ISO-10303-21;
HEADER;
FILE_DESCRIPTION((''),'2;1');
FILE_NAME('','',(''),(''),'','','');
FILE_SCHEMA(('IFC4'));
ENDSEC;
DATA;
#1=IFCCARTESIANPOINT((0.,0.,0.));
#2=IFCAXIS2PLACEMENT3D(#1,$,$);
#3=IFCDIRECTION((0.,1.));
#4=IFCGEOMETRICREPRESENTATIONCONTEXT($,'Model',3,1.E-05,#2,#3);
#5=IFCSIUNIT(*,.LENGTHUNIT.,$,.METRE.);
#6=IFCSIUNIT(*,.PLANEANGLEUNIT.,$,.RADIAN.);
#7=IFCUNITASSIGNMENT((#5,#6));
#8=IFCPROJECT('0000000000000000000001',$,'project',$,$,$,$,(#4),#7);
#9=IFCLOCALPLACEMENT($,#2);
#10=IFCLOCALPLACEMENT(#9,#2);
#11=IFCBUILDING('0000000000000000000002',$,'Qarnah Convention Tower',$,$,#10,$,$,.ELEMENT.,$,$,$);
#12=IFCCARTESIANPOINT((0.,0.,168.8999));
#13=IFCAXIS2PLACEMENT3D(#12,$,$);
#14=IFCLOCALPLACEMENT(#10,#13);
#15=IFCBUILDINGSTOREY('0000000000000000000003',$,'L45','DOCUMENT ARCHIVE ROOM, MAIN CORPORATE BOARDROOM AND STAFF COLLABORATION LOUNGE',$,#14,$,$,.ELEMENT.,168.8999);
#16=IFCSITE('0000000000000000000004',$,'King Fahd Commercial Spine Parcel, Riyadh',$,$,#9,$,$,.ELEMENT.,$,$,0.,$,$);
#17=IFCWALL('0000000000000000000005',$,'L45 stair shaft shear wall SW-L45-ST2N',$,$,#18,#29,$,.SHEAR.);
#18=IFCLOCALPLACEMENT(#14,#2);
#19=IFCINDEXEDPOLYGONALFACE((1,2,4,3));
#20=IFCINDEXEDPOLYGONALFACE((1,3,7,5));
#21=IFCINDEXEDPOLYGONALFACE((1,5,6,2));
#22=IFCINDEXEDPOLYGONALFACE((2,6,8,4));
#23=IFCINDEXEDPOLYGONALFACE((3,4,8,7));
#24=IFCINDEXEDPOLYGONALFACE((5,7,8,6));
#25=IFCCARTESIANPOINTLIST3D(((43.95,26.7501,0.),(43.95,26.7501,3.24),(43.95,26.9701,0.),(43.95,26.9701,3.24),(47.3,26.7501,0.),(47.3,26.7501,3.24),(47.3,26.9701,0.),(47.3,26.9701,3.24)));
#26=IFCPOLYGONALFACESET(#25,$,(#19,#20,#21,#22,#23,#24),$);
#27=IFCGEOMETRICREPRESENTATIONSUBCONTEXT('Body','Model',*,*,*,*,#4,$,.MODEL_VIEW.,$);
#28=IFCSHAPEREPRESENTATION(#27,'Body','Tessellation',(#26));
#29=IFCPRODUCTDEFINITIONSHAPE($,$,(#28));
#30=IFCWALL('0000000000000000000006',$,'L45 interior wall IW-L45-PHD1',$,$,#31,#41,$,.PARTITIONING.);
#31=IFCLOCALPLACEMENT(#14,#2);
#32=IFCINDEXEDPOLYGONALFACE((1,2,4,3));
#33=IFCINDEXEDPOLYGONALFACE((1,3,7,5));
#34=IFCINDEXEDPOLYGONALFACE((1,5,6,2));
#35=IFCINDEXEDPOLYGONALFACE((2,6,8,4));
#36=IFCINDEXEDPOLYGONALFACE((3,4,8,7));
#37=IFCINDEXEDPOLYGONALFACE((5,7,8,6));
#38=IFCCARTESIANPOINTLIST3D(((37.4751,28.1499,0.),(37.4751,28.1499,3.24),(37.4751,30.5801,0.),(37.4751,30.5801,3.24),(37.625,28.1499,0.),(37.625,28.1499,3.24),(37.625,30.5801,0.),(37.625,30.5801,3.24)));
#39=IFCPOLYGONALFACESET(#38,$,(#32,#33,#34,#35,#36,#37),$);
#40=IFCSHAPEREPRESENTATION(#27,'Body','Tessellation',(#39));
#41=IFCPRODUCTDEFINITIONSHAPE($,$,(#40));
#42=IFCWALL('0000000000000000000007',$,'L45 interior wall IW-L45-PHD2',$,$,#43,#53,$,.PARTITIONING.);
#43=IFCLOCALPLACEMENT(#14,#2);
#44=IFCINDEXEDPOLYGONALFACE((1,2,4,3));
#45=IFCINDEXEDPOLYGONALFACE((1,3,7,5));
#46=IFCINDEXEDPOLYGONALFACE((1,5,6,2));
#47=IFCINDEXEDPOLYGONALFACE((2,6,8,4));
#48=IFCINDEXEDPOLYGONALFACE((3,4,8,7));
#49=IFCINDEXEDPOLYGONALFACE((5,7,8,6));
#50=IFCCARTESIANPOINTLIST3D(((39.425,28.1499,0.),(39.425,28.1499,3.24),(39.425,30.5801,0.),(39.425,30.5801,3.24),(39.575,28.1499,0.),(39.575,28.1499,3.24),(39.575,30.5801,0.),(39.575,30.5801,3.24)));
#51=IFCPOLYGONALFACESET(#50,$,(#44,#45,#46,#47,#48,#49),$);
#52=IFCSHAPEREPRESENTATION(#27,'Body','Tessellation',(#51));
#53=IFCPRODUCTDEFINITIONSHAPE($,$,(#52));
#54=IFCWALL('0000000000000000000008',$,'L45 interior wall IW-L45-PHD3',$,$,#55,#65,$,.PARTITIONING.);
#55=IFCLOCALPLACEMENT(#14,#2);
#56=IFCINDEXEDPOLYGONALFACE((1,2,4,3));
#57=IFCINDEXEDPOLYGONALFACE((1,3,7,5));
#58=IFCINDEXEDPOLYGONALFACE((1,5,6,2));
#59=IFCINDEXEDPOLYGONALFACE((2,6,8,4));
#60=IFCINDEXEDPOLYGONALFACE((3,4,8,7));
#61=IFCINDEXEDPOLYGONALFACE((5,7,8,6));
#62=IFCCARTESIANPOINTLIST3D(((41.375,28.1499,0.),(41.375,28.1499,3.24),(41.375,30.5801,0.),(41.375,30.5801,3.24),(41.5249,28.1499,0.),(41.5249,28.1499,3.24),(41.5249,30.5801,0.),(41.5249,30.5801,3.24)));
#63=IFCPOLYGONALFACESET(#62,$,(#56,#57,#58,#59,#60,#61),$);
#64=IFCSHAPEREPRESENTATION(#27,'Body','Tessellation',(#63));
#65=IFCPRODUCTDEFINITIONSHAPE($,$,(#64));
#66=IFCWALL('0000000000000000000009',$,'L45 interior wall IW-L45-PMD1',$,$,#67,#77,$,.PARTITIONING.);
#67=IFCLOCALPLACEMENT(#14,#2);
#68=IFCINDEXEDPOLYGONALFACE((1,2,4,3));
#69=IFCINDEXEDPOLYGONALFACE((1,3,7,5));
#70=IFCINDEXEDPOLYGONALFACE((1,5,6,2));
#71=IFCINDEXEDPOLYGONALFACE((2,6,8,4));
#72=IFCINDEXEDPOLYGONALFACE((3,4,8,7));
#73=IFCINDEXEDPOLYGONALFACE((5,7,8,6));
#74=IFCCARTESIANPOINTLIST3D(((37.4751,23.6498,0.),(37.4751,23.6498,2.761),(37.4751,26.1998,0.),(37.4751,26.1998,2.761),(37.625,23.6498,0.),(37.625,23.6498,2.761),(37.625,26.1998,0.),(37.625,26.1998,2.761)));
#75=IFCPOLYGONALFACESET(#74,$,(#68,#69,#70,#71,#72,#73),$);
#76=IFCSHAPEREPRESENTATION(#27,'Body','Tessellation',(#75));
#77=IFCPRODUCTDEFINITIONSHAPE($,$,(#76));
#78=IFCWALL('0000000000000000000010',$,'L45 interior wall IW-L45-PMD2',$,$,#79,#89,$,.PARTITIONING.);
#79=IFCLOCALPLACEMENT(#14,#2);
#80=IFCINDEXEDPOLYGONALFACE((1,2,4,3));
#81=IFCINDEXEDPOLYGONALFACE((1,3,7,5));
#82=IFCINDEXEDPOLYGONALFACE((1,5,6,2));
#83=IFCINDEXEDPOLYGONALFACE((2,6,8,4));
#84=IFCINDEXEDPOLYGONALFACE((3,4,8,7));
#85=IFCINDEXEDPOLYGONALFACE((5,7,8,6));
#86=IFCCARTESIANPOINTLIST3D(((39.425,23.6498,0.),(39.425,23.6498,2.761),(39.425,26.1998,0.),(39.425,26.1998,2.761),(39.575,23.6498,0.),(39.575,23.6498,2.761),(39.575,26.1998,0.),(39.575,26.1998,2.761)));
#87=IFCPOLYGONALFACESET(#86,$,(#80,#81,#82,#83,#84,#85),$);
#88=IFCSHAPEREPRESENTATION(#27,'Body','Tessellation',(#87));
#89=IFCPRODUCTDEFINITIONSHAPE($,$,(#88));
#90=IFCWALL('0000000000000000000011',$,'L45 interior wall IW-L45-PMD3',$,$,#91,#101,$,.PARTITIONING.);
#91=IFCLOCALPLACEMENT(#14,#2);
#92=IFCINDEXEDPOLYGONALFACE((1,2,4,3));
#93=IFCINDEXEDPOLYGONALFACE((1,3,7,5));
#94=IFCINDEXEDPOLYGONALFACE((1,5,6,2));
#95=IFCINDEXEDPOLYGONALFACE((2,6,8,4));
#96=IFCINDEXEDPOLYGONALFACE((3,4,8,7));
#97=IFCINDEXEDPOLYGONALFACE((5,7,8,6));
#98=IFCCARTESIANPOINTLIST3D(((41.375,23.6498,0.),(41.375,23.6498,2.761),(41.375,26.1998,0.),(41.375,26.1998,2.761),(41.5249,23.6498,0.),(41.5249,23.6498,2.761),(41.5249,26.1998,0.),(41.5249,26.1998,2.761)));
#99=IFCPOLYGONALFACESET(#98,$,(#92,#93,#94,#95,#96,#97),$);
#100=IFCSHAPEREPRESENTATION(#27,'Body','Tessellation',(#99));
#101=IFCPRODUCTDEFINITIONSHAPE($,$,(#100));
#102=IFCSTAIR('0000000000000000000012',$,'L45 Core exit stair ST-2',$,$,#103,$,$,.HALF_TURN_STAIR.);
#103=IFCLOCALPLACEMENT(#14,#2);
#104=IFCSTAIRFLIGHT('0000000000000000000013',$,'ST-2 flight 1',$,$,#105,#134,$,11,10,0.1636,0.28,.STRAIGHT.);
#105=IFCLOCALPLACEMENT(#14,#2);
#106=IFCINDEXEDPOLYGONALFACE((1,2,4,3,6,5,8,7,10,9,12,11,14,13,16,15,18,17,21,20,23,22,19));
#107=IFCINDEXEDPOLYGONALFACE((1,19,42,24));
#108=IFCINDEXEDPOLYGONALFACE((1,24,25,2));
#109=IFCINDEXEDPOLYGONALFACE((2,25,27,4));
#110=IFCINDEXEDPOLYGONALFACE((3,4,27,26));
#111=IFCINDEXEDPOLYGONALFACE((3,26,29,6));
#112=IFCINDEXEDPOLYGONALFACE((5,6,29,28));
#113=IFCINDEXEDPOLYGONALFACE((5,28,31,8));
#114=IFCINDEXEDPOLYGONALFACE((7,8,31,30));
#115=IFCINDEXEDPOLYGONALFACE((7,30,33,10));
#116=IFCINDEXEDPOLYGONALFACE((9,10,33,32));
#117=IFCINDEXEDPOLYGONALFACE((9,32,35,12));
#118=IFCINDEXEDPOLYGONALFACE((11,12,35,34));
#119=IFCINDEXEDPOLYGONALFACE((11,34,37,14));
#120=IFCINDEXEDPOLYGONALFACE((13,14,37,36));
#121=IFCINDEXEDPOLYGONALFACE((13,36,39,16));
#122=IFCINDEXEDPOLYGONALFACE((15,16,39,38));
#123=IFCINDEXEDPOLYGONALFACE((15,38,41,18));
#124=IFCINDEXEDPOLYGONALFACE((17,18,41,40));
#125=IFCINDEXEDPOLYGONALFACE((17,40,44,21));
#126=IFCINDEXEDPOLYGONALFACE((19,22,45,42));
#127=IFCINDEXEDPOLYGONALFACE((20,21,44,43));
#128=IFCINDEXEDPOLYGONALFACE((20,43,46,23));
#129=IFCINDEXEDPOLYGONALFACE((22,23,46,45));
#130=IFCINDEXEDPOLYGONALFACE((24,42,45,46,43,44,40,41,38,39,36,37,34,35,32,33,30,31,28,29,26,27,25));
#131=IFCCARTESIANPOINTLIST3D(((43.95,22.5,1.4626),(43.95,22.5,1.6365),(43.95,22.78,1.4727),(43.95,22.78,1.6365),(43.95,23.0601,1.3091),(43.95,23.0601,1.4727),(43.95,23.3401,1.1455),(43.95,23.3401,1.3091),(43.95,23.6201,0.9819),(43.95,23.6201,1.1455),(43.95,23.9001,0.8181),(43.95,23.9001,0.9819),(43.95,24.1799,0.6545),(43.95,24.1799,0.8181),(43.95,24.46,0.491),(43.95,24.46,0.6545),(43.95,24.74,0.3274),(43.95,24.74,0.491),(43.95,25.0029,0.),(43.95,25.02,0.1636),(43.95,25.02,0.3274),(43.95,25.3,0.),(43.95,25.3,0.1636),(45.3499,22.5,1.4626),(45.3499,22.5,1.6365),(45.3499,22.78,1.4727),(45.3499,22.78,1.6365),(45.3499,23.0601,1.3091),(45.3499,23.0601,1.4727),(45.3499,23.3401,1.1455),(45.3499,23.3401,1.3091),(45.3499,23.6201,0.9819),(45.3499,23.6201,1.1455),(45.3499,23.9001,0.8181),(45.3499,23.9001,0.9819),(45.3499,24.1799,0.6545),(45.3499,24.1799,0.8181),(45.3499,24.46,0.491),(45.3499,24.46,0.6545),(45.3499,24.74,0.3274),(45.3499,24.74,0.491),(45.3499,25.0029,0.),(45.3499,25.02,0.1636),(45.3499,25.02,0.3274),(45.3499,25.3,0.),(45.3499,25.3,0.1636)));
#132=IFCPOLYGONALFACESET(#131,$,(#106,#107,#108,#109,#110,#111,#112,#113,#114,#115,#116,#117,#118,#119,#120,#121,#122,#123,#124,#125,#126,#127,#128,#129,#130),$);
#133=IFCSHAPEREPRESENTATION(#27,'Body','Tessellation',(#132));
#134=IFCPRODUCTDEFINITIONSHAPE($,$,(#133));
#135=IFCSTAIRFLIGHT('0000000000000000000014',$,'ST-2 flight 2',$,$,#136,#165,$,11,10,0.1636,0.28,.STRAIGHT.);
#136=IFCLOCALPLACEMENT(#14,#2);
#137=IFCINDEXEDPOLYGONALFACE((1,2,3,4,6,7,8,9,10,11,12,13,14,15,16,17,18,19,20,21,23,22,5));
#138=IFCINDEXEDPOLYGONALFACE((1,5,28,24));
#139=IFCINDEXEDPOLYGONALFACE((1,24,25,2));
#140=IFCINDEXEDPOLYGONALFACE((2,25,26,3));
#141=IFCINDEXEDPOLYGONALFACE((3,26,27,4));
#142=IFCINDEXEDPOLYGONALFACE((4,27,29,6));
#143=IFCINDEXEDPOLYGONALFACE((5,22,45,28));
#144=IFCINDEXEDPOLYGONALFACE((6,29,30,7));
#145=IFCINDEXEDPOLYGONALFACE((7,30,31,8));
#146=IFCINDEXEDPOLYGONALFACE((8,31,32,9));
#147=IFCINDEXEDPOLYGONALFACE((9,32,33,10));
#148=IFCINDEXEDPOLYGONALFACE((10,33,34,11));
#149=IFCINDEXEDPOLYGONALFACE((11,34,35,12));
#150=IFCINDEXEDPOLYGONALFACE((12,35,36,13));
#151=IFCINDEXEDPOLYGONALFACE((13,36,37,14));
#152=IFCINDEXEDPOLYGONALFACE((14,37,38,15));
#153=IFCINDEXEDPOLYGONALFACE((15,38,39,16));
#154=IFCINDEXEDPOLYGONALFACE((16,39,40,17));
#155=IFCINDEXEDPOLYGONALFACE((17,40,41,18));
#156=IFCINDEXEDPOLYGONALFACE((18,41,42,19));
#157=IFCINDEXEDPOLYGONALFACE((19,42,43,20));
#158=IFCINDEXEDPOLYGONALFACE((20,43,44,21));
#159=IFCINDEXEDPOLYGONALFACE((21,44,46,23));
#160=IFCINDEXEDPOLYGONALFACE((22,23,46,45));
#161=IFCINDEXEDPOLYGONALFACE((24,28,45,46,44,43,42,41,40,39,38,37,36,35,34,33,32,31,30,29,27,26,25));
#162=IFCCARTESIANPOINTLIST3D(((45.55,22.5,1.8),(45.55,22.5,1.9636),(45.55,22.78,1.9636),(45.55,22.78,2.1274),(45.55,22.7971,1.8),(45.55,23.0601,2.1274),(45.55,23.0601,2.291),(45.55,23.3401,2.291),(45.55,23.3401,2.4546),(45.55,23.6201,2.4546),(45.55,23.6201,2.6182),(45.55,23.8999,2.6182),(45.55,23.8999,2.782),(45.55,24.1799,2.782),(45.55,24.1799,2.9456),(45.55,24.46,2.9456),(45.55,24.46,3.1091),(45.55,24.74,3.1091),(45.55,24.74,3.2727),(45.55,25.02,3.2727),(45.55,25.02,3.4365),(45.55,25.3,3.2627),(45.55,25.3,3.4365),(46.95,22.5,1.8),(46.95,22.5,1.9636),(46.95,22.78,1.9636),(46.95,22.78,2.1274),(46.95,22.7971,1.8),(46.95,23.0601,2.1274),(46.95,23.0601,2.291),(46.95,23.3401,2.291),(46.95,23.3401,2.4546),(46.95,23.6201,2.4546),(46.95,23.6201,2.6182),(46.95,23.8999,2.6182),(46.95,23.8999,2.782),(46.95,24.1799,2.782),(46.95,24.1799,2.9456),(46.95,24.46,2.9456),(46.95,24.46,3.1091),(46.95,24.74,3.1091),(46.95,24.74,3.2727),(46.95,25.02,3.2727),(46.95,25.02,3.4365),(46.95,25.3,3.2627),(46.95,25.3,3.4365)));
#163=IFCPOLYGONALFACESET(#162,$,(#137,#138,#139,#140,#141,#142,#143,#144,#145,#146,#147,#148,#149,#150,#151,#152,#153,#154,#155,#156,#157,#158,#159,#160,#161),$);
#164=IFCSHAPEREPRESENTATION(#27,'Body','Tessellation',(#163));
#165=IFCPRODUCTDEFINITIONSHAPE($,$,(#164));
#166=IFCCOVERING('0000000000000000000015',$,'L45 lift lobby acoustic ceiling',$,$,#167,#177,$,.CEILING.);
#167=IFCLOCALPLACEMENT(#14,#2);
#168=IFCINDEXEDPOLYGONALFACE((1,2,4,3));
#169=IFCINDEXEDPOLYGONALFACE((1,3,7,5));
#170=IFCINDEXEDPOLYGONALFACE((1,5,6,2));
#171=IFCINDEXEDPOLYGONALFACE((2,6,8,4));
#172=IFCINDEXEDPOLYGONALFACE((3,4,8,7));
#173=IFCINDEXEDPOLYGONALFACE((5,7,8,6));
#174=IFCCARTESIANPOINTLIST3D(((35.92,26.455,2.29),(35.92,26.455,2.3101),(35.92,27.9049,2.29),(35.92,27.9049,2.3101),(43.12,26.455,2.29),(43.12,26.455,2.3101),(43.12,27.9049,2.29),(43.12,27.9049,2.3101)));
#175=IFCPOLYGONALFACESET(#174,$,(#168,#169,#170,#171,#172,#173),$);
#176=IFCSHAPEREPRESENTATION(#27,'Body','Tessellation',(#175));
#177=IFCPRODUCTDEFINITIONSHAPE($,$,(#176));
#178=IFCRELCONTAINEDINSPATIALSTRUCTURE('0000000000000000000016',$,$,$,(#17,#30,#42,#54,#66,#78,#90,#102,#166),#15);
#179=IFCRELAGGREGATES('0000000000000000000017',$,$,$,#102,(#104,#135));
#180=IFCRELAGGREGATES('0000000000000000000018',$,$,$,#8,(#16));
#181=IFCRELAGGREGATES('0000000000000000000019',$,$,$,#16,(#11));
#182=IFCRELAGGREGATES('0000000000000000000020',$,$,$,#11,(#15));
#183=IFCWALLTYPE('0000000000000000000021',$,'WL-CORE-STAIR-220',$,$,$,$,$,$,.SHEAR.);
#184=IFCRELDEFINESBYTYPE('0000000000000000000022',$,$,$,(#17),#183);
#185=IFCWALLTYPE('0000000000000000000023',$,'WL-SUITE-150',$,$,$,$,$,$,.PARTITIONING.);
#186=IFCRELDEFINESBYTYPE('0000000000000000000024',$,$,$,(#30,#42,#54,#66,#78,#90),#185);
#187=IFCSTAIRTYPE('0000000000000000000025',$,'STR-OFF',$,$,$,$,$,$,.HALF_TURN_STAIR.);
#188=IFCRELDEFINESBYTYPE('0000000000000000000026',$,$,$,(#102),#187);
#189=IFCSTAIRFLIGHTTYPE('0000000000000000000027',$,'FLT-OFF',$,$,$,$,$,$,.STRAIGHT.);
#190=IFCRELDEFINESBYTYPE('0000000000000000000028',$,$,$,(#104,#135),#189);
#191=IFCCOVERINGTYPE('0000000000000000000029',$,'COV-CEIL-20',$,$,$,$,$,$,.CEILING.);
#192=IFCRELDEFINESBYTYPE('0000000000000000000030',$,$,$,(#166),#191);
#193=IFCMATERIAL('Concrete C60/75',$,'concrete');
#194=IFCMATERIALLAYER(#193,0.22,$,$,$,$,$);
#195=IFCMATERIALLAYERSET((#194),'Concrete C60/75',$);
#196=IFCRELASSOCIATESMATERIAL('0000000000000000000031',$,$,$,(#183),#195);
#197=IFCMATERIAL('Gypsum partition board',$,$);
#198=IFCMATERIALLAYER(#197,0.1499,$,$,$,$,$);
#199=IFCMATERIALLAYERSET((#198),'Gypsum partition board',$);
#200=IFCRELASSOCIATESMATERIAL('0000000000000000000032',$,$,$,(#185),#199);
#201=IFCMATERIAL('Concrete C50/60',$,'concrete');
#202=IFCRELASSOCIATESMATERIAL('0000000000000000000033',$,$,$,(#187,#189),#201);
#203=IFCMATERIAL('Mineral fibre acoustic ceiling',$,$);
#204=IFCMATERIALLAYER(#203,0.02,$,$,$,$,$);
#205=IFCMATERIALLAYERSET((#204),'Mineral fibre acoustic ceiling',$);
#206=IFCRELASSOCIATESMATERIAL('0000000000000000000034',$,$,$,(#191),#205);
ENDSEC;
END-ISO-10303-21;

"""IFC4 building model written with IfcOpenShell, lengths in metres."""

from ifc_helpers import new_model, si_unit, direction, frame, frame_2d, origin, origin_2d, place, context, subcontext, project, spatial, polyline, rectangle, outline, extrude, material, layer, layer_set, type_object, element, aggregate, save


model = new_model("IFC4")

# Units and contexts
model_context = context("Model", 3, precision=1e-05, world=origin(), true_north=direction((0.0, 1.0)))
body_context = subcontext(model_context, "Body", "Model", "MODEL_VIEW")
ifc_project = project(units=[si_unit("LENGTHUNIT", "METRE"), si_unit("PLANEANGLEUNIT", "RADIAN")], contexts=[model_context])

# Site, building, storey
site_placement = place(None, origin())
site = spatial("IfcSite", under=ifc_project, at=site_placement, Name="King Fahd Commercial Spine Parcel, Riyadh", CompositionType="ELEMENT", RefElevation=0.0)
building_placement = place(site_placement, origin())
building = spatial("IfcBuilding", under=site, at=building_placement, Name="Qarnah Convention Tower", CompositionType="ELEMENT")
storey_placement = place(building_placement, frame((0.0, 0.0, 168.8999)))
storey = spatial("IfcBuildingStorey", under=building, at=storey_placement, Name="L45", Description="DOCUMENT ARCHIVE ROOM, MAIN CORPORATE BOARDROOM AND STAFF COLLABORATION LOUNGE", CompositionType="ELEMENT", Elevation=168.8999)

# Shared definitions
ifc_material_1 = material(Name="Concrete C60/75", Category="concrete")

# Walls
ifc_layer_1 = layer(ifc_material_1, 0.22)
ifc_layer_set_1 = layer_set([ifc_layer_1], Name="Concrete C60/75")
wall_type_1 = type_object("IfcWallType", Name="WL-CORE-STAIR-220", PredefinedType="SHEAR", material=ifc_layer_set_1)
wall_placement = place(storey_placement, frame((43.95, 26.8601, 0.0), z_axis=(0.0, 0.0, 1.0), x_axis=(1.0, 0.0, 0.0)))
element("IfcWall", 1, at=wall_placement, inside=storey, type_object=wall_type_1, Name="L45 stair shaft shear wall SW-L45-ST2N", PredefinedType="SHEAR", context=body_context, shape_type="SweptSolid", body=[
    extrude(rectangle(XDim=3.3501, YDim=0.22, at=frame_2d((1.675, 0.0))), origin(), (0.0, 0.0, 1.0), 3.24),
])
ifc_material_2 = material(Name="Gypsum partition board")
ifc_layer_2 = layer(ifc_material_2, 0.1499)
ifc_layer_set_2 = layer_set([ifc_layer_2], Name="Gypsum partition board")
wall_type_2 = type_object("IfcWallType", Name="WL-SUITE-150", PredefinedType="PARTITIONING", material=ifc_layer_set_2)
for number, where, z_axis, x_axis, name in (
    (2, (37.55, 28.1499, 0.0), (0.0, 0.0, 1.0), (0.0, 1.0, 0.0), "L45 interior wall IW-L45-PHD1"),
    (3, (39.5, 28.1499, 0.0), (0.0, 0.0, 1.0), (0.0, 1.0, 0.0), "L45 interior wall IW-L45-PHD2"),
    (4, (41.45, 28.1499, 0.0), (0.0, 0.0, 1.0), (0.0, 1.0, 0.0), "L45 interior wall IW-L45-PHD3"),
):
    element("IfcWall", number, at=place(storey_placement, frame(where, z_axis=z_axis, x_axis=x_axis)), inside=storey, type_object=wall_type_2, Name=name, PredefinedType="PARTITIONING", context=body_context, shape_type="SweptSolid", body=[
        extrude(rectangle(XDim=2.4302, YDim=0.1499, at=frame_2d((1.2151, 0.0))), origin(), (0.0, 0.0, 1.0), 3.24),
    ])
for number, where, z_axis, x_axis, name in (
    (5, (37.55, 23.6499, 0.0), (0.0, 0.0, 1.0), (0.0, 1.0, 0.0), "L45 interior wall IW-L45-PMD1"),
    (6, (39.5, 23.6499, 0.0), (0.0, 0.0, 1.0), (0.0, 1.0, 0.0), "L45 interior wall IW-L45-PMD2"),
    (7, (41.45, 23.6499, 0.0), (0.0, 0.0, 1.0), (0.0, 1.0, 0.0), "L45 interior wall IW-L45-PMD3"),
):
    element("IfcWall", number, at=place(storey_placement, frame(where, z_axis=z_axis, x_axis=x_axis)), inside=storey, type_object=wall_type_2, Name=name, PredefinedType="PARTITIONING", context=body_context, shape_type="SweptSolid", body=[
        extrude(rectangle(XDim=2.55, YDim=0.1499, at=frame_2d((1.2749, 0.0))), origin(), (0.0, 0.0, 1.0), 2.761),
    ])

# Stair, stair flights
ifc_material_3 = material(Name="Concrete C50/60", Category="concrete")
stair_type = type_object("IfcStairType", Name="STR-OFF", PredefinedType="HALF_TURN_STAIR", material=ifc_material_3)
stair_placement = place(storey_placement, origin())
stair = element("IfcStair", 8, at=stair_placement, inside=storey, type_object=stair_type, Name="L45 Core exit stair ST-2", PredefinedType="HALF_TURN_STAIR")
stair_flight_type = type_object("IfcStairFlightType", Name="FLT-OFF", PredefinedType="STRAIGHT", material=ifc_material_3)
stair_flight_1_placement = place(storey_placement, frame((44.6499, 25.3, 0.0), z_axis=(0.0, 0.0, 1.0), x_axis=(0.0, -1.0, 0.0)))
stair_flight_1 = element("IfcStairFlight", 9, at=stair_flight_1_placement, type_object=stair_flight_type, Name="ST-2 flight 1", NumberOfRisers=11, NumberOfTreads=10, PredefinedType="STRAIGHT", RiserHeight=0.1636, TreadLength=0.28, context=body_context, shape_type="SweptSolid", body=[
    extrude(outline(polyline([(0.0, 0.0), (0.0, 0.1636), (0.28, 0.1636), (0.28, 0.3274), (0.5601, 0.3274), (0.5601, 0.491), (0.8401, 0.491), (0.8401, 0.6545), (1.1201, 0.6545), (1.1201, 0.8181), (1.3999, 0.8181), (1.3999, 0.9819), (1.6799, 0.9819), (1.6799, 1.1455), (1.96, 1.1455), (1.96, 1.3091), (2.24, 1.3091), (2.24, 1.4727), (2.52, 1.4727), (2.52, 1.6365), (2.8, 1.6365), (2.8, 1.8), (2.8, 1.4626), (0.2971, 0.0), (0.0, 0.0)])), frame((0.0, 0.7, 0.0), z_axis=(0.0, -1.0, 0.0), x_axis=(1.0, 0.0, 0.0)), (0.0, 0.0, 1.0), 1.3999),
])
stair_flight_2_placement = place(storey_placement, frame((46.25, 22.5, 1.8), z_axis=(0.0, 0.0, 1.0), x_axis=(0.0, 1.0, 0.0)))
stair_flight_2 = element("IfcStairFlight", 10, at=stair_flight_2_placement, type_object=stair_flight_type, Name="ST-2 flight 2", NumberOfRisers=11, NumberOfTreads=10, PredefinedType="STRAIGHT", RiserHeight=0.1636, TreadLength=0.28, context=body_context, shape_type="SweptSolid", body=[
    extrude(outline(polyline([(0.0, 0.0), (0.0, 0.1636), (0.28, 0.1636), (0.28, 0.3274), (0.5601, 0.3274), (0.5601, 0.491), (0.8401, 0.491), (0.8401, 0.6545), (1.1201, 0.6545), (1.1201, 0.8181), (1.3999, 0.8181), (1.3999, 0.9819), (1.6799, 0.9819), (1.6799, 1.1455), (1.96, 1.1455), (1.96, 1.3091), (2.24, 1.3091), (2.24, 1.4727), (2.52, 1.4727), (2.52, 1.6365), (2.8, 1.6365), (2.8, 1.8), (2.8, 1.4626), (0.2971, 0.0), (0.0, 0.0)])), frame((0.0, 0.7, 0.0), z_axis=(0.0, -1.0, 0.0), x_axis=(1.0, 0.0, 0.0)), (0.0, 0.0, 1.0), 1.3999),
])
aggregate(stair, [stair_flight_1, stair_flight_2])

# Covering
ifc_material_4 = material(Name="Mineral fibre acoustic ceiling")
ifc_layer_3 = layer(ifc_material_4, 0.02)
ifc_layer_set_3 = layer_set([ifc_layer_3], Name="Mineral fibre acoustic ceiling")
covering_type = type_object("IfcCoveringType", Name="COV-CEIL-20", PredefinedType="CEILING", material=ifc_layer_set_3)
covering_placement = place(storey_placement, frame((39.52, 27.1799, 2.29), z_axis=(0.0, 0.0, 1.0), x_axis=(1.0, 0.0, 0.0)))
element("IfcCovering", 11, at=covering_placement, inside=storey, type_object=covering_type, Name="L45 lift lobby acoustic ceiling", PredefinedType="CEILING", context=body_context, shape_type="SweptSolid", body=[
    extrude(rectangle(XDim=7.2, YDim=1.45, at=origin_2d()), origin(), (0.0, 0.0, 1.0), 0.02),
])

save(model, "model.ifc")
